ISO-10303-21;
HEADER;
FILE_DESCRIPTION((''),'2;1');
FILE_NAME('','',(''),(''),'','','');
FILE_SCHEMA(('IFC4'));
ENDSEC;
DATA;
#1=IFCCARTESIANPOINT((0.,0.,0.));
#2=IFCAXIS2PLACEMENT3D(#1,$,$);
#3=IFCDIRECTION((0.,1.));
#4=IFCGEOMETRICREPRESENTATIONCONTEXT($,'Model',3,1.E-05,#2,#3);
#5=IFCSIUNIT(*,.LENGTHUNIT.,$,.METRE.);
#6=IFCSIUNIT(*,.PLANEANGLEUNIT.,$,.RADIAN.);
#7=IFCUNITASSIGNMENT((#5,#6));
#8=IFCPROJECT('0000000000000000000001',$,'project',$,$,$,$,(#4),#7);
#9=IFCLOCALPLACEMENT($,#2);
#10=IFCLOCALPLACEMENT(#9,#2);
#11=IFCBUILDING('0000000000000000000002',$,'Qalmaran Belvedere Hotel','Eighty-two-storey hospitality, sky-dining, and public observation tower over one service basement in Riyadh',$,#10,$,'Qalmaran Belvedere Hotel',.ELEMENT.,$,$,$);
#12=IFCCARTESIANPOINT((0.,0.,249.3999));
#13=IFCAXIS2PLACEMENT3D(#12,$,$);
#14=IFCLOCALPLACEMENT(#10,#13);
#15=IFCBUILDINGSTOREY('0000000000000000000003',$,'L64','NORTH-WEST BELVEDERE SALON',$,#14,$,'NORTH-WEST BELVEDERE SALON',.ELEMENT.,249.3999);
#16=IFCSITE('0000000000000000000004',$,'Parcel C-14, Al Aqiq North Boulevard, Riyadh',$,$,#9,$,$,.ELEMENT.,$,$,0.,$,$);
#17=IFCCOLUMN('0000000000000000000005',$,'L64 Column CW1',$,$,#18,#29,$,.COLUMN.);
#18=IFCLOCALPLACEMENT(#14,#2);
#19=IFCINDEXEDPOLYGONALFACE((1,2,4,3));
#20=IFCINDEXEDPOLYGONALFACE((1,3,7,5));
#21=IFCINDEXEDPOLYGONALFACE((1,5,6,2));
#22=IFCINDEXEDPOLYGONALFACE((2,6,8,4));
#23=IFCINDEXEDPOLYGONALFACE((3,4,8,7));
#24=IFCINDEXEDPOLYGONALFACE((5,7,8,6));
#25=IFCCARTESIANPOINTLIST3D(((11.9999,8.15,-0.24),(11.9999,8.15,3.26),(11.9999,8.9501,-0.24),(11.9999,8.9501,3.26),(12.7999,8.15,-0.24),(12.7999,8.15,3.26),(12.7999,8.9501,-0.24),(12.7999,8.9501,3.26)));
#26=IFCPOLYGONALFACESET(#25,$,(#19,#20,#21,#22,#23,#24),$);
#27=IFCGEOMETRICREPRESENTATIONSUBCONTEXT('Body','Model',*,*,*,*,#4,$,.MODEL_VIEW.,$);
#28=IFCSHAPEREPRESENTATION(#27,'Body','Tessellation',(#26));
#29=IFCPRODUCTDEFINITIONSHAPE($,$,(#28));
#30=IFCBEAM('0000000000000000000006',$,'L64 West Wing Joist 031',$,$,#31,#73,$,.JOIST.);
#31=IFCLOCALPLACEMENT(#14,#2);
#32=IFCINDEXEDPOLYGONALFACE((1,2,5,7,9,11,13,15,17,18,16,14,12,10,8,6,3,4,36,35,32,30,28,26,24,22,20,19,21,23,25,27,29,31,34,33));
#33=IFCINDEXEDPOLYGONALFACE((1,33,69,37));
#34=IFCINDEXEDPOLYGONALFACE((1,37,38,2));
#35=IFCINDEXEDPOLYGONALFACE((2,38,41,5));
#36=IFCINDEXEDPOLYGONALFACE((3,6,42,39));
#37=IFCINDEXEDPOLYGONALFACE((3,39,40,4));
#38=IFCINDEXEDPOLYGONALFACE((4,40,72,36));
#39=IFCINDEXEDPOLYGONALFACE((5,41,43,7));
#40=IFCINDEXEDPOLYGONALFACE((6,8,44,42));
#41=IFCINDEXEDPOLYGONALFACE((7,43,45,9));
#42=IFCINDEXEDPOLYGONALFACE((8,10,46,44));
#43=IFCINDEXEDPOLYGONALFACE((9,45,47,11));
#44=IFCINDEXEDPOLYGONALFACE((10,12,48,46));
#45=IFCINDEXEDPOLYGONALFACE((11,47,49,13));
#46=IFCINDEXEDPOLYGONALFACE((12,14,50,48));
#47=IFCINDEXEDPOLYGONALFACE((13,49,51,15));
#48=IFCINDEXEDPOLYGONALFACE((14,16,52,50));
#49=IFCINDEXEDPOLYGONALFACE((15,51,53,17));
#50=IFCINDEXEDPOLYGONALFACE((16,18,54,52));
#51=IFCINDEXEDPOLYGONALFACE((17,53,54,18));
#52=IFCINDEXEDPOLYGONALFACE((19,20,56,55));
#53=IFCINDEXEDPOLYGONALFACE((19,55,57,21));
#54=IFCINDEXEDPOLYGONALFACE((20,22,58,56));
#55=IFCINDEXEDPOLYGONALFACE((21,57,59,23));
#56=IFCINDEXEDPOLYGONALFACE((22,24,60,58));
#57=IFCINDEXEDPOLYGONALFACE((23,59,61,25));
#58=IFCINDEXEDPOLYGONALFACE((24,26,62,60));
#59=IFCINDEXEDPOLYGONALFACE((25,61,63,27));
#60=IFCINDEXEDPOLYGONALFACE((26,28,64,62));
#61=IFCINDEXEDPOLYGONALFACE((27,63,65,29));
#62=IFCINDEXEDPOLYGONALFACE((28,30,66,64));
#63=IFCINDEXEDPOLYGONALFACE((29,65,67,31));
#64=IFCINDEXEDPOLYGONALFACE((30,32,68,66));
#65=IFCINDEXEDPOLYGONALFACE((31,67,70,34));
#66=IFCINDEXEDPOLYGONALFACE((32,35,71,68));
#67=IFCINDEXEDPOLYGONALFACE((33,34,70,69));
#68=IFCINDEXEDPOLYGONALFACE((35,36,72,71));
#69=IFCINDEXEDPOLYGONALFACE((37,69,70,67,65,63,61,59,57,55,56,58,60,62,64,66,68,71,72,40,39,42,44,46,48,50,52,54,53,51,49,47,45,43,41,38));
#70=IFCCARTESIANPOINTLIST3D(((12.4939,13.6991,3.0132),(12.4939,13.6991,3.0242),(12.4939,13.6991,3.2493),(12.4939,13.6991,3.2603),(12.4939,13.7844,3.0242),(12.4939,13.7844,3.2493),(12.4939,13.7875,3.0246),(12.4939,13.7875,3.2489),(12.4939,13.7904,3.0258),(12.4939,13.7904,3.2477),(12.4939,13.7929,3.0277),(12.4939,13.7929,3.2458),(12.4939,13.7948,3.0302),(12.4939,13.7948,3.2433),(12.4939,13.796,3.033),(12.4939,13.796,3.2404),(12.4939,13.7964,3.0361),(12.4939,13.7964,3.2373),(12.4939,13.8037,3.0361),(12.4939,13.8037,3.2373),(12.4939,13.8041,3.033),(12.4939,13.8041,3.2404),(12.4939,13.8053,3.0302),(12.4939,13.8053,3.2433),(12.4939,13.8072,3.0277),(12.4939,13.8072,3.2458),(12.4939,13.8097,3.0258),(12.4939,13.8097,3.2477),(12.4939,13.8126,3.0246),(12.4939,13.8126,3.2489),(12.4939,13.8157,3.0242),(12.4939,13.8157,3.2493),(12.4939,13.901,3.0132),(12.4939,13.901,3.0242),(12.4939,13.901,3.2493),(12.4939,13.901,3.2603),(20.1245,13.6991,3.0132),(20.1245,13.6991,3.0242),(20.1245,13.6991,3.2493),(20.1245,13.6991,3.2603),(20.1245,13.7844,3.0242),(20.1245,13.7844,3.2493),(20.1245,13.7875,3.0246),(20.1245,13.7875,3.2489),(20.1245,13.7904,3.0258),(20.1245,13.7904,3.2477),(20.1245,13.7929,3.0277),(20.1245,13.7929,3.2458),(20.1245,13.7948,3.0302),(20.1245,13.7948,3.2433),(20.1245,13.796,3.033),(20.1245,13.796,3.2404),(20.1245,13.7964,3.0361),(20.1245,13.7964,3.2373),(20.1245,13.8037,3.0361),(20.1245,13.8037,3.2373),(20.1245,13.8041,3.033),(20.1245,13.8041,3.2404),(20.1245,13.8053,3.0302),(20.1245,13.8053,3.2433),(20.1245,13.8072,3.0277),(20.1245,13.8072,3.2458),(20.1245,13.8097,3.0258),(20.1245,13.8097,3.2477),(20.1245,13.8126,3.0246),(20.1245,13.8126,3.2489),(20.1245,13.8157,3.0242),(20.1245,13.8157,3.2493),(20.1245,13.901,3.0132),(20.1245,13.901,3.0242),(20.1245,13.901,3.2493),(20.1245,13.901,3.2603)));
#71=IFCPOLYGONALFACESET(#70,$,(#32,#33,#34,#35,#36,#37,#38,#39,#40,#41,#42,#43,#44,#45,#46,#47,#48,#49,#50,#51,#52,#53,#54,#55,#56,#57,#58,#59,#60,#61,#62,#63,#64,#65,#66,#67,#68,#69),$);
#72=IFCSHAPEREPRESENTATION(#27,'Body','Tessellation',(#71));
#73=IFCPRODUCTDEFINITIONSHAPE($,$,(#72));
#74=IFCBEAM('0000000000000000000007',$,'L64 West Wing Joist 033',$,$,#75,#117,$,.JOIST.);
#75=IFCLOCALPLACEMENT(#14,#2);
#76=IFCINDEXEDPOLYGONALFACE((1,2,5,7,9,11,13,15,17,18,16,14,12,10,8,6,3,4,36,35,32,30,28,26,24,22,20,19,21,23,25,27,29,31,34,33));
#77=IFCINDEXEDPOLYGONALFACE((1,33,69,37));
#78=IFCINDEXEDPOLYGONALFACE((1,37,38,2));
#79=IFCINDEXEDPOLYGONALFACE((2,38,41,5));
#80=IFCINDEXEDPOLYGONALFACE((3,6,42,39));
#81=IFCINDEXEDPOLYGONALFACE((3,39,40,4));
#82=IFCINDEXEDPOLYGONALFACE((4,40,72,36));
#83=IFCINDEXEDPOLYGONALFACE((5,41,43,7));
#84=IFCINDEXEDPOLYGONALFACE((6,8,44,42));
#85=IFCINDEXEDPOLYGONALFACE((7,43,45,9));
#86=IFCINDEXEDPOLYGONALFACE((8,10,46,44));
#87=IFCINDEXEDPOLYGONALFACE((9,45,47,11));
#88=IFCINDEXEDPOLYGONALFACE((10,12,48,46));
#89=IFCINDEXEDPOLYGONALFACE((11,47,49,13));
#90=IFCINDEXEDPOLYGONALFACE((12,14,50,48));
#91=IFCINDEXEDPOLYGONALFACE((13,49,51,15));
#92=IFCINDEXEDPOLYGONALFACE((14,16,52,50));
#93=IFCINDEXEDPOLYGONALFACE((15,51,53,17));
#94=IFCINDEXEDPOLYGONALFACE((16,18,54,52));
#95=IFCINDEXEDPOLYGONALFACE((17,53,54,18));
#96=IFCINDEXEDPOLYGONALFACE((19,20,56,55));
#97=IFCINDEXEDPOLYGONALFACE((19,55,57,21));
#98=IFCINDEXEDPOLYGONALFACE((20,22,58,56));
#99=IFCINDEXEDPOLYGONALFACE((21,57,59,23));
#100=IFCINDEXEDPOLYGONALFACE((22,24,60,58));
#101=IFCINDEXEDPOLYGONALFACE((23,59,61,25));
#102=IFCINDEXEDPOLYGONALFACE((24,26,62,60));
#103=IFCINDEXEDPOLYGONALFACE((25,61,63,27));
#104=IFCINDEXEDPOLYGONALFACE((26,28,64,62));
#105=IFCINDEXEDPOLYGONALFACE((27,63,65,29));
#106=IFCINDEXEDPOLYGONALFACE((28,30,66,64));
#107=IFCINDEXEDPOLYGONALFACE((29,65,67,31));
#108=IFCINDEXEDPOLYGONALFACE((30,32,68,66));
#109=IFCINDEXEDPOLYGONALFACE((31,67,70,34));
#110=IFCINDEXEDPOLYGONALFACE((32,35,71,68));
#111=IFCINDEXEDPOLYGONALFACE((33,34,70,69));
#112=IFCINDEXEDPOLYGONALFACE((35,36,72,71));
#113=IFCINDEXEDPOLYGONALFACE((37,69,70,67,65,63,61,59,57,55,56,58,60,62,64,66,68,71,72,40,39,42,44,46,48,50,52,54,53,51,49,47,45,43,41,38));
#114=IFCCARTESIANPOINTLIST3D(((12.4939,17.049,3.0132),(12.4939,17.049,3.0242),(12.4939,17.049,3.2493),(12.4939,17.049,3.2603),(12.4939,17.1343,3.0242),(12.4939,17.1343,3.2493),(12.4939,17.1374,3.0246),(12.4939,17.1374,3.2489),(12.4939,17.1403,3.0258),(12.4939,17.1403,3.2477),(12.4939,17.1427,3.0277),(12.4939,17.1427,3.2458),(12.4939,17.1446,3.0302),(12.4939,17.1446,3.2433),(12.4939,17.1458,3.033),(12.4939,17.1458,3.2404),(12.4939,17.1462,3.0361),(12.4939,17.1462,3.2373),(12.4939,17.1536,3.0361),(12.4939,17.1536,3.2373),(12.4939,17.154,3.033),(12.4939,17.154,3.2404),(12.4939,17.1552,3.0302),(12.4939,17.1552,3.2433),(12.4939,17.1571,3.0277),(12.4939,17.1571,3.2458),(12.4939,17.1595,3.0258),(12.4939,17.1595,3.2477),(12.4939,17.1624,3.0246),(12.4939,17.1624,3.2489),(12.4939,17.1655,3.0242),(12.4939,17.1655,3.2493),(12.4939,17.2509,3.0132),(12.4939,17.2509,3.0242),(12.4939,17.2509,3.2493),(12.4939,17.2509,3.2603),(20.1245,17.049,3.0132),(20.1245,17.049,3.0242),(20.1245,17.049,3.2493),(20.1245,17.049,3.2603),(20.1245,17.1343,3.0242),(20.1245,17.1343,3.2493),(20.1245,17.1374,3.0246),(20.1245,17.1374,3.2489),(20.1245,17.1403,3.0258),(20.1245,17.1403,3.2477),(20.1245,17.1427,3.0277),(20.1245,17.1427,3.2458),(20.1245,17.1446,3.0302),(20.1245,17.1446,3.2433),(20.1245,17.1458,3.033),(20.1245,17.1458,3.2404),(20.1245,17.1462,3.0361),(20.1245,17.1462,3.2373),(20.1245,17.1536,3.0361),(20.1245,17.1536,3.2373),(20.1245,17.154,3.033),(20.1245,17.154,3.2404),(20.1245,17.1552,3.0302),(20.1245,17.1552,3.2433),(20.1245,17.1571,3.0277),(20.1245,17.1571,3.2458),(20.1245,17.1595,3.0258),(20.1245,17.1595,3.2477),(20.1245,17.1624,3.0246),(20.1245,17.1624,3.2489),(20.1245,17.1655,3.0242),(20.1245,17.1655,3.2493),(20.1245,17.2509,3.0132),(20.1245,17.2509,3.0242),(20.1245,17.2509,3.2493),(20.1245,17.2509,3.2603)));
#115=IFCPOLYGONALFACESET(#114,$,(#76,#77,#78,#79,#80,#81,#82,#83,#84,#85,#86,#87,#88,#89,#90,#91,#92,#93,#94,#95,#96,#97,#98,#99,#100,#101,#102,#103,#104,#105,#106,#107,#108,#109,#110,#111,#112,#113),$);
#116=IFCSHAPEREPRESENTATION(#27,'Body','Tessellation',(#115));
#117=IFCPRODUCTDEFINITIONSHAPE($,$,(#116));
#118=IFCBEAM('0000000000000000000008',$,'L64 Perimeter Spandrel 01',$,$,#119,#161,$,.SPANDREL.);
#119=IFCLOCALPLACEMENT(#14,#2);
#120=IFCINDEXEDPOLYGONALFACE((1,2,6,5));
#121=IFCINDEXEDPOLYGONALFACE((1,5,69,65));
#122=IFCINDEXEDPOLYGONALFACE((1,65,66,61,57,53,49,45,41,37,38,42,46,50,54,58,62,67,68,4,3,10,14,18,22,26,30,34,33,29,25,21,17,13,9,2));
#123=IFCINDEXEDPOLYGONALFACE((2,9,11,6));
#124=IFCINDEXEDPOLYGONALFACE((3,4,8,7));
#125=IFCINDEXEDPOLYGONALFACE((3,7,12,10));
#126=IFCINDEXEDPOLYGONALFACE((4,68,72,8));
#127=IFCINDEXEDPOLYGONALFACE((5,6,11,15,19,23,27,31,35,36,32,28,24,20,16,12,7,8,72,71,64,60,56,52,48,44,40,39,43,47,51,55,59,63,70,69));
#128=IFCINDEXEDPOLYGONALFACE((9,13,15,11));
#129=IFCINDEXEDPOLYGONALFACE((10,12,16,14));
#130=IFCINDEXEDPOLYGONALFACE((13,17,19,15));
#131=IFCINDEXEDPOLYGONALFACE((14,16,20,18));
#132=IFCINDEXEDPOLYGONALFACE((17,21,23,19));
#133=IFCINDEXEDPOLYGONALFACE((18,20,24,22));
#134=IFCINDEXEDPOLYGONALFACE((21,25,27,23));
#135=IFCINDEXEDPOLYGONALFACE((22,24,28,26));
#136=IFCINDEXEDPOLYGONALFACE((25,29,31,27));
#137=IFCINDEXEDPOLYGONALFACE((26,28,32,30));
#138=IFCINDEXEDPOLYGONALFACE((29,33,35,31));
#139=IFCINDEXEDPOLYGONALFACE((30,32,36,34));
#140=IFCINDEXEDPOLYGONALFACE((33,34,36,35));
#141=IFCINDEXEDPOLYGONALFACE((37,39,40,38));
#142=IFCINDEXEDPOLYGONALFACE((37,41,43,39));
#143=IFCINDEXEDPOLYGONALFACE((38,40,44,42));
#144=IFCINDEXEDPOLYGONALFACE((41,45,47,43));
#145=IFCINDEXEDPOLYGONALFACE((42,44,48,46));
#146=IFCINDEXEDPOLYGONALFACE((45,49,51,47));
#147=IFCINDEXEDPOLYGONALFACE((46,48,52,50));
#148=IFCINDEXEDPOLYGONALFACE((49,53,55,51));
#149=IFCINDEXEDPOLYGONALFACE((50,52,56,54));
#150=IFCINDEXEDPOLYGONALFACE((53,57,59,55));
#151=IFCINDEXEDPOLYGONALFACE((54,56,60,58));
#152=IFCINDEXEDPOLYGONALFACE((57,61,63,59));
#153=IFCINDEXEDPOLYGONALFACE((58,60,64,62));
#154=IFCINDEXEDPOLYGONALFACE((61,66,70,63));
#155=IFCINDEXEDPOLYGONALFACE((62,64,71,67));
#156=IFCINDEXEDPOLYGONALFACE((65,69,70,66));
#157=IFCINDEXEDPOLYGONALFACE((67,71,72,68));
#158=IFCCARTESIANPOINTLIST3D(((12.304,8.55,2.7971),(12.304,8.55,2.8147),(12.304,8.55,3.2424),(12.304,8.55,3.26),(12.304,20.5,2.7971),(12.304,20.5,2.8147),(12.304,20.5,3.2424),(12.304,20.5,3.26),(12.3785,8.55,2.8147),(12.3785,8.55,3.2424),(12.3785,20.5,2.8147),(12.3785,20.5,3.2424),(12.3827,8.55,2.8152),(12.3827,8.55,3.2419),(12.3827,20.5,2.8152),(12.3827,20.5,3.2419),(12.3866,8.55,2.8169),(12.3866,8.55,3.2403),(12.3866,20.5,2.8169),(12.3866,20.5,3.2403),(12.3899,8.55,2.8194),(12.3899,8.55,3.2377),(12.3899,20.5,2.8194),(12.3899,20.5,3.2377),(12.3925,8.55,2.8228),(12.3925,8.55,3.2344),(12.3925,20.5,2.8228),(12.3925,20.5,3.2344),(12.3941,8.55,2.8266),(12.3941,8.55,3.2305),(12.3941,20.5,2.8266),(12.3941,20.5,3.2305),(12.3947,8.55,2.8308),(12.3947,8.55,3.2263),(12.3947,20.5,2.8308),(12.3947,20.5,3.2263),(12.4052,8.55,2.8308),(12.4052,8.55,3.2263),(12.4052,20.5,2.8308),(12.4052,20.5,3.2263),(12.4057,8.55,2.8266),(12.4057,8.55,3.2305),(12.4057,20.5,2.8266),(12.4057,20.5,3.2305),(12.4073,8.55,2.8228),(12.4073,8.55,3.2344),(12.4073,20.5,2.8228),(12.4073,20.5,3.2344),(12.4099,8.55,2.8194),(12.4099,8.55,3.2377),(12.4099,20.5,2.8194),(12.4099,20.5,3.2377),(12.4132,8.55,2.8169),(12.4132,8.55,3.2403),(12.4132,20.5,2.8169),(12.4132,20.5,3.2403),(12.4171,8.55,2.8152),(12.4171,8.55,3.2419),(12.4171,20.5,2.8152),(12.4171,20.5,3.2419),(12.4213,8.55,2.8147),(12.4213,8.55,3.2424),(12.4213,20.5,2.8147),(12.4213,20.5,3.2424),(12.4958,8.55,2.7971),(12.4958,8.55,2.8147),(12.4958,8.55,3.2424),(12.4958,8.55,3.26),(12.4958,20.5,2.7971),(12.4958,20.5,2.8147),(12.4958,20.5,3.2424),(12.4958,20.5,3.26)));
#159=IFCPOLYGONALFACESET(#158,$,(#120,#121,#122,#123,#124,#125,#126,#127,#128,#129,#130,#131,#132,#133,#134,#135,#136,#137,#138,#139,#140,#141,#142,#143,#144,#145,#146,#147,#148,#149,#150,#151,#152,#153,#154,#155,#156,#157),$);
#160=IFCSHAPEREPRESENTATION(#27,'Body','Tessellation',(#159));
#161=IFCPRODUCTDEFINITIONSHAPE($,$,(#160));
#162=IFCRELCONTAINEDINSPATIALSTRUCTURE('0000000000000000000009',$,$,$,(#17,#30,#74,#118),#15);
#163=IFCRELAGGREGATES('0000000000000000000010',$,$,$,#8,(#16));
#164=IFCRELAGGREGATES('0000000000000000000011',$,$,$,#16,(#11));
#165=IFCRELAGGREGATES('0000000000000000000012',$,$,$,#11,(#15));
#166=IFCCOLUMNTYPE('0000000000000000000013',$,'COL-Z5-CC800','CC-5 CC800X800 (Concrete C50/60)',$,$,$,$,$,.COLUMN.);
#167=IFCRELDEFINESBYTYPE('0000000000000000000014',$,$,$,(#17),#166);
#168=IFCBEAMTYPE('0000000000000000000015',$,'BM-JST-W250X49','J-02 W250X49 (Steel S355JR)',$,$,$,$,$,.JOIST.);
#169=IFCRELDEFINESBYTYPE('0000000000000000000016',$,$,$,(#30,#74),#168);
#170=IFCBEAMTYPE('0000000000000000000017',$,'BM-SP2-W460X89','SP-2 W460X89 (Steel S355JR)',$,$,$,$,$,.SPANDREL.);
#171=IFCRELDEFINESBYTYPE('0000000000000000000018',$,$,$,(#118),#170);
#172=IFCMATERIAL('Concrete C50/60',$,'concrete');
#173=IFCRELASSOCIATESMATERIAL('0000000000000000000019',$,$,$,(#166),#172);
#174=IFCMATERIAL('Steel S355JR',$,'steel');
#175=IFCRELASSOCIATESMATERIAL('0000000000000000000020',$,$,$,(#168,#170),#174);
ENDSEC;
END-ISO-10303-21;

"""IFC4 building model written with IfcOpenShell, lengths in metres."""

from ifc_helpers import new_model, si_unit, direction, frame, origin, origin_2d, place, context, subcontext, project, spatial, rectangle, i_section, extrude, material, material_profile, profile_set, type_object, element, save


model = new_model("IFC4")

# Units and contexts
model_context = context("Model", 3, precision=1e-05, world=origin(), true_north=direction((0.0, 1.0)))
body_context = subcontext(model_context, "Body", "Model", "MODEL_VIEW")
ifc_project = project(units=[si_unit("LENGTHUNIT", "METRE"), si_unit("PLANEANGLEUNIT", "RADIAN")], contexts=[model_context])

# Site, building, storey
site_placement = place(None, origin())
site = spatial("IfcSite", under=ifc_project, at=site_placement, Name="Parcel C-14, Al Aqiq North Boulevard, Riyadh", CompositionType="ELEMENT", RefElevation=0.0)
building_placement = place(site_placement, origin())
building = spatial("IfcBuilding", under=site, at=building_placement, Name="Qalmaran Belvedere Hotel", Description="Eighty-two-storey hospitality, sky-dining, and public observation tower over one service basement in Riyadh", LongName="Qalmaran Belvedere Hotel", CompositionType="ELEMENT")
storey_placement = place(building_placement, frame((0.0, 0.0, 249.3999)))
storey = spatial("IfcBuildingStorey", under=building, at=storey_placement, Name="L64", Description="NORTH-WEST BELVEDERE SALON", LongName="NORTH-WEST BELVEDERE SALON", CompositionType="ELEMENT", Elevation=249.3999)

# Column
ifc_material_1 = material(Name="Concrete C50/60", Category="concrete")
ifc_material_profile_1 = material_profile(ifc_material_1, rectangle(XDim=0.8, YDim=0.8, at=origin_2d()), Name="CC800X800")
ifc_profile_set_1 = profile_set([ifc_material_profile_1], Name="Concrete C50/60")
column_type = type_object("IfcColumnType", Name="COL-Z5-CC800", Description="CC-5 CC800X800 (Concrete C50/60)", PredefinedType="COLUMN", material=ifc_profile_set_1)
column_placement = place(storey_placement, frame((12.3999, 8.55, -0.24), z_axis=(0.0, 0.0, 1.0), x_axis=(1.0, 0.0, 0.0)))
element("IfcColumn", 1, at=column_placement, inside=storey, type_object=column_type, Name="L64 Column CW1", PredefinedType="COLUMN", context=body_context, shape_type="SweptSolid", body=[
    extrude(rectangle(XDim=0.8, YDim=0.8, at=origin_2d()), origin(), (0.0, 0.0, 1.0), 3.5),
])

# Beams
ifc_material_2 = material(Name="Steel S355JR", Category="steel")
ifc_material_profile_2 = material_profile(ifc_material_2, i_section(OverallWidth=0.2019, OverallDepth=0.2471, WebThickness=0.0073, FlangeThickness=0.011, FilletRadius=0.012, at=origin_2d()), Name="W250X49")
ifc_profile_set_2 = profile_set([ifc_material_profile_2], Name="Steel S355JR")
beam_type_1 = type_object("IfcBeamType", Name="BM-JST-W250X49", Description="J-02 W250X49 (Steel S355JR)", PredefinedType="JOIST", material=ifc_profile_set_2)
for number, where, z_axis, x_axis, name in (
    (2, (12.4939, 13.8, 3.1367), (1.0, 0.0, 0.0), (0.0, 1.0, 0.0), "L64 West Wing Joist 031"),
    (3, (12.4939, 17.1499, 3.1367), (1.0, 0.0, 0.0), (0.0, 1.0, 0.0), "L64 West Wing Joist 033"),
):
    element("IfcBeam", number, at=place(storey_placement, frame(where, z_axis=z_axis, x_axis=x_axis)), inside=storey, type_object=beam_type_1, Name=name, PredefinedType="JOIST", context=body_context, shape_type="SweptSolid", body=[
        extrude(i_section(OverallWidth=0.2019, OverallDepth=0.2471, WebThickness=0.0073, FlangeThickness=0.011, FilletRadius=0.012, at=origin_2d()), origin(), (0.0, 0.0, 1.0), 7.6306),
    ])
ifc_material_profile_3 = material_profile(ifc_material_2, i_section(OverallWidth=0.1919, OverallDepth=0.4629, WebThickness=0.0105, FlangeThickness=0.0176, FilletRadius=0.0161, at=origin_2d()), Name="W460X89")
ifc_profile_set_3 = profile_set([ifc_material_profile_3], Name="Steel S355JR")
beam_type_2 = type_object("IfcBeamType", Name="BM-SP2-W460X89", Description="SP-2 W460X89 (Steel S355JR)", PredefinedType="SPANDREL", material=ifc_profile_set_3)
beam_1_placement = place(storey_placement, frame((12.3999, 8.55, 3.0286), z_axis=(0.0, 1.0, 0.0), x_axis=(-1.0, 0.0, 0.0)))
element("IfcBeam", 4, at=beam_1_placement, inside=storey, type_object=beam_type_2, Name="L64 Perimeter Spandrel 01", PredefinedType="SPANDREL", context=body_context, shape_type="SweptSolid", body=[
    extrude(i_section(OverallWidth=0.1919, OverallDepth=0.4629, WebThickness=0.0105, FlangeThickness=0.0176, FilletRadius=0.0161, at=origin_2d()), origin(), (0.0, 0.0, 1.0), 11.95),
])

save(model, "model.ifc")
